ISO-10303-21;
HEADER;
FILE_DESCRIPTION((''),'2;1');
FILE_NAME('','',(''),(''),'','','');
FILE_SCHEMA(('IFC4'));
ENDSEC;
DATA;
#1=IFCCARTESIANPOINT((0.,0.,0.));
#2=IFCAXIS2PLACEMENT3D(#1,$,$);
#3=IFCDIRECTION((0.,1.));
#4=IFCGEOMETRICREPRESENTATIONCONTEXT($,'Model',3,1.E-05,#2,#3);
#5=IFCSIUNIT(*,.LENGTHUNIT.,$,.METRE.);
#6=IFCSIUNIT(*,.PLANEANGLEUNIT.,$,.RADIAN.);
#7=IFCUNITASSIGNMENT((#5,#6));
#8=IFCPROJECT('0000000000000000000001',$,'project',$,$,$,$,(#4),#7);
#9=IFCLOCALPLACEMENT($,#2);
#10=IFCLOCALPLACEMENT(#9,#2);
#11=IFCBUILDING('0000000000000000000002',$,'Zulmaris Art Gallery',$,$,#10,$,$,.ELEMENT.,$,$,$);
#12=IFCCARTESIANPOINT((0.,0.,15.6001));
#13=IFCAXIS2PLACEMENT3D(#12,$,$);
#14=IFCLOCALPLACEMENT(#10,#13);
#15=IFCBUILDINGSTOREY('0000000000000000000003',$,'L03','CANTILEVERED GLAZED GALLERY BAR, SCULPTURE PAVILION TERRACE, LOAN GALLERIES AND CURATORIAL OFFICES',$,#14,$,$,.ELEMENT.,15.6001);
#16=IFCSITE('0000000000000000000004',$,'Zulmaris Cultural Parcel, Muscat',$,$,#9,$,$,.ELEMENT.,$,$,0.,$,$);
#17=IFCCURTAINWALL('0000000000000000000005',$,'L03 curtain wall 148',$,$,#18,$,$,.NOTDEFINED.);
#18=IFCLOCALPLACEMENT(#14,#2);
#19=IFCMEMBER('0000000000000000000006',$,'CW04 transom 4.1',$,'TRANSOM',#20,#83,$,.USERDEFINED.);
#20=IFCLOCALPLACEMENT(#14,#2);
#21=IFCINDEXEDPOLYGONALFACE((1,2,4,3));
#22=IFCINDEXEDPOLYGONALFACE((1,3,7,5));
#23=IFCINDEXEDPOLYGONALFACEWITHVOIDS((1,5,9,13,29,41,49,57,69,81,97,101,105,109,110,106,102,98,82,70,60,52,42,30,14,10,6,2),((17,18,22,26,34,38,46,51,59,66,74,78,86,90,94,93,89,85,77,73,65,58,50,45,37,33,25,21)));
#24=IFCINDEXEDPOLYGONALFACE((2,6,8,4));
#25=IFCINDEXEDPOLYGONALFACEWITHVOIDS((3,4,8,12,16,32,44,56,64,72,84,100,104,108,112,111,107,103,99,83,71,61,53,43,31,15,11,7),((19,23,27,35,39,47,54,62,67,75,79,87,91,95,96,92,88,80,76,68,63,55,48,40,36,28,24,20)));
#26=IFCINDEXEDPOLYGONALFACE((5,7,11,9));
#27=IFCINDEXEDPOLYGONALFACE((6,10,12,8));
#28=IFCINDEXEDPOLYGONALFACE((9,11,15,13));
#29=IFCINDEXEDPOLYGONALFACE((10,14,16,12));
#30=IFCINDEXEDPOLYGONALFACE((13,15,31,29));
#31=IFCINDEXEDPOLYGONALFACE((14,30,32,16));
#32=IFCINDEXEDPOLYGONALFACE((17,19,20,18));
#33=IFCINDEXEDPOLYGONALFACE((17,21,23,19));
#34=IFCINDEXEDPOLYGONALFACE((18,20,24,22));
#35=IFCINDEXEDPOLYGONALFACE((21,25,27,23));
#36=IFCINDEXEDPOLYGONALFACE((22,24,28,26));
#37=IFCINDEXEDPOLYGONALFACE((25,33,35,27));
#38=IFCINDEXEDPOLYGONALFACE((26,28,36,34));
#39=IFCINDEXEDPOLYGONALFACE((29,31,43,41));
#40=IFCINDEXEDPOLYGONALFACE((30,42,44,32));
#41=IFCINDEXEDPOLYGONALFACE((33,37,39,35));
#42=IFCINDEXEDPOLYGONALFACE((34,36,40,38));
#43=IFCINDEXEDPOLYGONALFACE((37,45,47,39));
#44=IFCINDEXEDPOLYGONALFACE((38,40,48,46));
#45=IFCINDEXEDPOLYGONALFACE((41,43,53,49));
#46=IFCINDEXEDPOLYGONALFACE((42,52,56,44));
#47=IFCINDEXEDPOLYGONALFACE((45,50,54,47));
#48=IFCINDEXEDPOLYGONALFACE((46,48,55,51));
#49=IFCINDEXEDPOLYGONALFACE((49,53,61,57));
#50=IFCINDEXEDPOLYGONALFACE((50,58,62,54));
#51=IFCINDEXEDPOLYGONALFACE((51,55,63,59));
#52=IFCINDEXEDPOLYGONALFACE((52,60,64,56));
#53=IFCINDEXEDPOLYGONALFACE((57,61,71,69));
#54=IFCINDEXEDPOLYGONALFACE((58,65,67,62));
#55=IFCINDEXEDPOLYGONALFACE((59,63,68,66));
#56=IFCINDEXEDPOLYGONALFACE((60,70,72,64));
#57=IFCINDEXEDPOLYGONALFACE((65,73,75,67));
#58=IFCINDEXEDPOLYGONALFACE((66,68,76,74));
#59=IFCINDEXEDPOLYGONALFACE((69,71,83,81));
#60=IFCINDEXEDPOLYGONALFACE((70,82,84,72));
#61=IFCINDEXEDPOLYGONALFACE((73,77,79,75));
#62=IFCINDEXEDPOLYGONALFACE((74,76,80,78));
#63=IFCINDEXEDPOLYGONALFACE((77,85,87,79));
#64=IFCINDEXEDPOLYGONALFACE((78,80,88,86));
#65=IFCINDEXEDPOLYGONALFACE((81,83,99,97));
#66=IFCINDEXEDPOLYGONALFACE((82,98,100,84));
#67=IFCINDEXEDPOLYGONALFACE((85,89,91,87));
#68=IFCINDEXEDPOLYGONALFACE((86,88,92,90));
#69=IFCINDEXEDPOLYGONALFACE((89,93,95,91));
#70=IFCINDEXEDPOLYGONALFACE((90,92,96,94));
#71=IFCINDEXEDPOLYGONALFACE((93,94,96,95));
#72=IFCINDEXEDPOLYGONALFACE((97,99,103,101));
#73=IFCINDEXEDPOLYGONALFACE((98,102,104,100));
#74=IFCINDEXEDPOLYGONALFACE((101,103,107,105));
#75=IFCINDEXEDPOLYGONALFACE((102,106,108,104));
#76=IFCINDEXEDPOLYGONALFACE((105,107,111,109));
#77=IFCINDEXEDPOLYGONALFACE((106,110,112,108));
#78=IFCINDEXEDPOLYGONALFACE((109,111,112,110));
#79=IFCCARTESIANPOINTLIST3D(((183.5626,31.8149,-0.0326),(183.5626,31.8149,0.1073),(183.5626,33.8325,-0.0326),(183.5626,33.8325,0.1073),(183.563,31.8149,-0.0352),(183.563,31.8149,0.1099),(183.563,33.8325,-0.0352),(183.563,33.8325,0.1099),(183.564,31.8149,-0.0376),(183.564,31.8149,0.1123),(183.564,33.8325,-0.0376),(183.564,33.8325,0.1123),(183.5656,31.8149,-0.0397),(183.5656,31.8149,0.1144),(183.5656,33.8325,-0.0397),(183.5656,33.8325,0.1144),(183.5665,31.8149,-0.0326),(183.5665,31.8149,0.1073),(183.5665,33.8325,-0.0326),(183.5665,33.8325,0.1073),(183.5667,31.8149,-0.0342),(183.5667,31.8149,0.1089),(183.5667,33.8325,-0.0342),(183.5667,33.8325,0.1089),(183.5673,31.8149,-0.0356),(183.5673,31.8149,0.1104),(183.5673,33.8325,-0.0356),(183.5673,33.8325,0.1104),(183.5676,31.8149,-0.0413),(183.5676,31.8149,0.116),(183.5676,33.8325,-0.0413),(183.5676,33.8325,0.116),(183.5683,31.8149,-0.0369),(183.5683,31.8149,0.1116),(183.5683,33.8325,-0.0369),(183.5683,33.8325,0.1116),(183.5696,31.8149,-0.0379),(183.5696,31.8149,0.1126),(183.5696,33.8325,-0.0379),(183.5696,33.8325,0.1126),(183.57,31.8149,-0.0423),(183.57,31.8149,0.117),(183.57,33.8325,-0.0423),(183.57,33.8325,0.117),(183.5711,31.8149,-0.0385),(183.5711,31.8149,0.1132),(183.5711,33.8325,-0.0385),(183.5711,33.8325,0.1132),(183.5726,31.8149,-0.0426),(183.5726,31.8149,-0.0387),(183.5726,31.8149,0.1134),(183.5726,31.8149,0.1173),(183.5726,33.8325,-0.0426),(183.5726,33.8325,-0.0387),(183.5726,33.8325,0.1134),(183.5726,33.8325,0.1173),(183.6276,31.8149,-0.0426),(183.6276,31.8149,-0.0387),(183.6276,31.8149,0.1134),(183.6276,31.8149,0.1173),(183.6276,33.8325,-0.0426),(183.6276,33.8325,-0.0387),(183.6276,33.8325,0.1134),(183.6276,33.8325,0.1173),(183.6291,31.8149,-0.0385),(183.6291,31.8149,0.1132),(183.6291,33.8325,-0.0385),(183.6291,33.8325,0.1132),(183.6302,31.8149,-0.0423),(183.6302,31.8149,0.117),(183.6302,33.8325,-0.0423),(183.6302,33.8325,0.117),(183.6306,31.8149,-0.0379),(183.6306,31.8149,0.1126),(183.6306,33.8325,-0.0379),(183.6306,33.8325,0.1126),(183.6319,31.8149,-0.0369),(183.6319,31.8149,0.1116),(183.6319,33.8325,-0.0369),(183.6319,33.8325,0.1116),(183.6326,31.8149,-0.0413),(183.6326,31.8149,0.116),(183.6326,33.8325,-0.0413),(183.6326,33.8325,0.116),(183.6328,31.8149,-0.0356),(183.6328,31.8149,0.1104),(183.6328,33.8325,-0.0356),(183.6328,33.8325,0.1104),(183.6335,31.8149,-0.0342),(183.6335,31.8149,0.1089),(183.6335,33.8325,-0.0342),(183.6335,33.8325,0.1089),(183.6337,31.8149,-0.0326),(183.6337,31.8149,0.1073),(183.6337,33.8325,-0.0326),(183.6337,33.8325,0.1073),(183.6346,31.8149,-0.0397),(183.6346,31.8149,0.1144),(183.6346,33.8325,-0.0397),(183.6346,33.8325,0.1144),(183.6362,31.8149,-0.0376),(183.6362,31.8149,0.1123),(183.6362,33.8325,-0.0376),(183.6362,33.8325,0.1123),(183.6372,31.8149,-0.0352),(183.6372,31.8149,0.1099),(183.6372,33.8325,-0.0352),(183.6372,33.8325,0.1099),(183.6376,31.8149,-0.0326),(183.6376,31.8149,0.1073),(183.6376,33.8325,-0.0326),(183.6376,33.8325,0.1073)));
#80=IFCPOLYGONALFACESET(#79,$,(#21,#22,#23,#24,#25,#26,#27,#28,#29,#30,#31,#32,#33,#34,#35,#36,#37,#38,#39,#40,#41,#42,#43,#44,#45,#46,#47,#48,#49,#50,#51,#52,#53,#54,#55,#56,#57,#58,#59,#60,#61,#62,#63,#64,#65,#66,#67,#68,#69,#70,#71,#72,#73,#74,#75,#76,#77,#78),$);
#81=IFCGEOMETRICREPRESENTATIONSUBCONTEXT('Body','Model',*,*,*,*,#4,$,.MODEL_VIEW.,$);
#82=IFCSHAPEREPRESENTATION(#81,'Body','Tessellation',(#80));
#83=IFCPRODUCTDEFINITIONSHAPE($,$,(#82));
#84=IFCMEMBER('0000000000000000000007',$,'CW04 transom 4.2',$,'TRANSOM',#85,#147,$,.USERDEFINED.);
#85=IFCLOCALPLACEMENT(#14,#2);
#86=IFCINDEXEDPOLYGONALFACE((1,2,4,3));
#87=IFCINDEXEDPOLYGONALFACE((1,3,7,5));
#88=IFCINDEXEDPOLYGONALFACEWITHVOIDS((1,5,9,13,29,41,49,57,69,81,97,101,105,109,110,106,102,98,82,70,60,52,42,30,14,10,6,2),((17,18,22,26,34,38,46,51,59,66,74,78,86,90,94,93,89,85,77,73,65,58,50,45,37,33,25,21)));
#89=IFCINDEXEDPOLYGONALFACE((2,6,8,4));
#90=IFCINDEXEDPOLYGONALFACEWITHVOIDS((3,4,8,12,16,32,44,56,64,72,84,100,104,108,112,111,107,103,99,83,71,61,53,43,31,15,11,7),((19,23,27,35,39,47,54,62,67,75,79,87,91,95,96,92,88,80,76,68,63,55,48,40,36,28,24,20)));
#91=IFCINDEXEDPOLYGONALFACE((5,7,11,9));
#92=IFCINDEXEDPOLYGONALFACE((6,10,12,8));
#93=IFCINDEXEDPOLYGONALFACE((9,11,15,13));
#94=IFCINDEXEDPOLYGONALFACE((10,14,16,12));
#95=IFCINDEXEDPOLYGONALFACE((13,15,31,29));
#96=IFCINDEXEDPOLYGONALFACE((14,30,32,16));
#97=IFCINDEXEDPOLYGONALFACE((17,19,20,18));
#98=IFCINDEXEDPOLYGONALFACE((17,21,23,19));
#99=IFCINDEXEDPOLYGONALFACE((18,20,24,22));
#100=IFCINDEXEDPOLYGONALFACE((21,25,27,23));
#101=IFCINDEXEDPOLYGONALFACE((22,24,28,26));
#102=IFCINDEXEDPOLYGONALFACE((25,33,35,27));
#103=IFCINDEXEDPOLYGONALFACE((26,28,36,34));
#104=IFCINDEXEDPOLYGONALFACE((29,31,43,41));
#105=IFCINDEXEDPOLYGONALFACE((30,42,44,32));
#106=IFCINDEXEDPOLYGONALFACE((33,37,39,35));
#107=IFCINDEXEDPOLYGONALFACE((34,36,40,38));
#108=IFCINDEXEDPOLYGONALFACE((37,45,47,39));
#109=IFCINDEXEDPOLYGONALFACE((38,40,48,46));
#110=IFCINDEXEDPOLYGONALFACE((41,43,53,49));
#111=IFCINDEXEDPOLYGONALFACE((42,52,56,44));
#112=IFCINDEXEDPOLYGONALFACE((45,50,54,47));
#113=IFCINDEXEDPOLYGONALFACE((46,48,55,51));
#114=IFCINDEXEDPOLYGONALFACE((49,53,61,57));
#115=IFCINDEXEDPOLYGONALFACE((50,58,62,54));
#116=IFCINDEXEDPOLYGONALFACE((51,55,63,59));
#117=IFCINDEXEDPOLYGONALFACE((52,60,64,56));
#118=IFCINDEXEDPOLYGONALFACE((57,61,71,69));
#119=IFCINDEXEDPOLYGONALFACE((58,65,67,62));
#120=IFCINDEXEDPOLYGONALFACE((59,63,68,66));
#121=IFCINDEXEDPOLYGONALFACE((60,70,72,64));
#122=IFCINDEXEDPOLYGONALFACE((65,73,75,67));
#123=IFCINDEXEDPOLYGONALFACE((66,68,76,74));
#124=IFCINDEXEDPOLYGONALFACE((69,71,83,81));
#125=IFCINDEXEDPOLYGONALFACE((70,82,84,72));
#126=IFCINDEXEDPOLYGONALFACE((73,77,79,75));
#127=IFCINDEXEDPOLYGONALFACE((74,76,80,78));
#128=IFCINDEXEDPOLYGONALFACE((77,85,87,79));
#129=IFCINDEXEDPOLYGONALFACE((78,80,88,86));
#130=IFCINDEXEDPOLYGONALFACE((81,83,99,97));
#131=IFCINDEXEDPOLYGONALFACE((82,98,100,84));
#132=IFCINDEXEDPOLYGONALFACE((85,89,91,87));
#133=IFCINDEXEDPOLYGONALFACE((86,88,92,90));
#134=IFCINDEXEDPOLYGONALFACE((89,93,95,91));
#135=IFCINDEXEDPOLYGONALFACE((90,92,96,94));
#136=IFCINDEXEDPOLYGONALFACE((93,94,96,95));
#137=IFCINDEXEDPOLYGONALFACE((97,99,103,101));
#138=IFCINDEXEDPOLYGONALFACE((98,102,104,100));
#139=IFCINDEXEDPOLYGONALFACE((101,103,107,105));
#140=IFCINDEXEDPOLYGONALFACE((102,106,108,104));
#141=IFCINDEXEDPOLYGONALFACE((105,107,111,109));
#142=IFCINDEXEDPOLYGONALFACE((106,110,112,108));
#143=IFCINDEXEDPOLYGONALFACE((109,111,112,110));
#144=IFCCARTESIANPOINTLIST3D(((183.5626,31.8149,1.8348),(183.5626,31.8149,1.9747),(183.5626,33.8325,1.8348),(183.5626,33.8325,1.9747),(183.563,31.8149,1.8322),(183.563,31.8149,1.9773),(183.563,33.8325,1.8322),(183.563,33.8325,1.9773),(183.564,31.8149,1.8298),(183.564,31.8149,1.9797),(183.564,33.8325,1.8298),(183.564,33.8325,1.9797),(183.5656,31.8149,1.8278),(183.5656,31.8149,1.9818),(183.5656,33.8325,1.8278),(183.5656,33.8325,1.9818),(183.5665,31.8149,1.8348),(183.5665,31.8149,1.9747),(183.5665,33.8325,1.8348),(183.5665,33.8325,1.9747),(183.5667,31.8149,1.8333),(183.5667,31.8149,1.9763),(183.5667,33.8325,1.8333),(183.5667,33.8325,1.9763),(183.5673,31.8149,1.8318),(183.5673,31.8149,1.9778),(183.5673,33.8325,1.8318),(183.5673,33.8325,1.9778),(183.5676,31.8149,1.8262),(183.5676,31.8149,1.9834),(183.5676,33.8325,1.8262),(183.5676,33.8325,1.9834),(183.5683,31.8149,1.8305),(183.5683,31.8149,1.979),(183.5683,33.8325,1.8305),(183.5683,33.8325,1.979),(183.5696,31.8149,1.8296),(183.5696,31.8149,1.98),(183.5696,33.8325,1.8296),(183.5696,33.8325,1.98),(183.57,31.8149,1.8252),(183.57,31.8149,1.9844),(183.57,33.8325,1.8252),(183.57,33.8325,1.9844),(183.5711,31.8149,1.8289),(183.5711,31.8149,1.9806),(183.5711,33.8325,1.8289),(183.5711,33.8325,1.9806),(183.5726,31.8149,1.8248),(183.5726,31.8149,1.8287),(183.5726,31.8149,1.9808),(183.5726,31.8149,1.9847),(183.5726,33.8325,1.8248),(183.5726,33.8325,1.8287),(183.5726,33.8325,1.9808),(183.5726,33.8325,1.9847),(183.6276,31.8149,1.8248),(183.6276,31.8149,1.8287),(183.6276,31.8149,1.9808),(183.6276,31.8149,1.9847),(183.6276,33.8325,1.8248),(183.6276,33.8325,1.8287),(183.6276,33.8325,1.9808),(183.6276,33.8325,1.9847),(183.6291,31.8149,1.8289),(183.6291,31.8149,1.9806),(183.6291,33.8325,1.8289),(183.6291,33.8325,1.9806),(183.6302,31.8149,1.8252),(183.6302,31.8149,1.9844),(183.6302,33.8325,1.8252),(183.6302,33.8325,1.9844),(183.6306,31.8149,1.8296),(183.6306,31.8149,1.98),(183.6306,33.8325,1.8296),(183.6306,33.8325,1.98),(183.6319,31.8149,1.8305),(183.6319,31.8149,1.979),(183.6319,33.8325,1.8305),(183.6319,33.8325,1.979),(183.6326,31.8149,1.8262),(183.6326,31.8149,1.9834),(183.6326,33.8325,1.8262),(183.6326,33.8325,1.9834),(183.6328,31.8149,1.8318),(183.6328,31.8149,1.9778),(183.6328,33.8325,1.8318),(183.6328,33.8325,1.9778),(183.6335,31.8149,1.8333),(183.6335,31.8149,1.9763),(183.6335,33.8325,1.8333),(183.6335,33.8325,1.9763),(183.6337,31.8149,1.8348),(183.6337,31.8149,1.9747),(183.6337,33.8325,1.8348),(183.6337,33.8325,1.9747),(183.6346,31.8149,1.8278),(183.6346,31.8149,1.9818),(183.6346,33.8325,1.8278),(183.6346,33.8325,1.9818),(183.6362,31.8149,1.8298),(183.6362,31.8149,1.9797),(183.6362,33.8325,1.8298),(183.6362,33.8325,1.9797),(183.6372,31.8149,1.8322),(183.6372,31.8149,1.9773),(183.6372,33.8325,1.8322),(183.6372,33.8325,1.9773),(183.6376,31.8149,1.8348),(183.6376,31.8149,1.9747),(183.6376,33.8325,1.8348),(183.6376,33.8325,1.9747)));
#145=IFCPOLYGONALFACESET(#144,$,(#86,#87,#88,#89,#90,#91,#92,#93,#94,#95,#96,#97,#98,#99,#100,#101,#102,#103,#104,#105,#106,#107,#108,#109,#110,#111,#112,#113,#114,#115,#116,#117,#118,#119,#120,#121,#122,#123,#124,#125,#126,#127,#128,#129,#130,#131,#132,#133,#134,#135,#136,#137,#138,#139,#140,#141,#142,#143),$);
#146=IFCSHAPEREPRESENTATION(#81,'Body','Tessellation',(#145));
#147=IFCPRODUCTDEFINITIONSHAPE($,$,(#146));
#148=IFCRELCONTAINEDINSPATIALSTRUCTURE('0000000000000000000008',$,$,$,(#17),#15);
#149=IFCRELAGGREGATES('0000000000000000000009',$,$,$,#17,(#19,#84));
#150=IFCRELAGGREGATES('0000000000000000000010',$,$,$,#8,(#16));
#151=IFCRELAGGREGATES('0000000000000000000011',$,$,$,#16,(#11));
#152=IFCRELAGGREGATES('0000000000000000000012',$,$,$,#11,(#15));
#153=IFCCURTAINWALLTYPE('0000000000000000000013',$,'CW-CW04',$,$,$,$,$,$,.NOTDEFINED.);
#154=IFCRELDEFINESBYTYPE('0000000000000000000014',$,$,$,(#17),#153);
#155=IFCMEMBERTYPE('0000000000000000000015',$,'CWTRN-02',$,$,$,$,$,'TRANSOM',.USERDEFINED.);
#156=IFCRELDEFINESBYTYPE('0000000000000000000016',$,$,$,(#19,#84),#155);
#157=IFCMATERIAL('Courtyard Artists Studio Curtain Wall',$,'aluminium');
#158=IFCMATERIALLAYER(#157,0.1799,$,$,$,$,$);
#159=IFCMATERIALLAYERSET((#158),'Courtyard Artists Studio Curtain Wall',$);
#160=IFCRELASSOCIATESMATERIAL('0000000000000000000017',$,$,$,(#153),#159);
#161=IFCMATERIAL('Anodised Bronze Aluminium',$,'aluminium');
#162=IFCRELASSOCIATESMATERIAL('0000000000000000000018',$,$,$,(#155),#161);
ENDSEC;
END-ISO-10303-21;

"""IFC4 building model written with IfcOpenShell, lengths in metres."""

from ifc_helpers import new_model, si_unit, direction, frame, origin, origin_2d, place, context, subcontext, project, spatial, hollow_rectangle, extrude, material, layer, layer_set, material_profile, profile_set, type_object, element, aggregate, save


model = new_model("IFC4")

# Units and contexts
model_context = context("Model", 3, precision=1e-05, world=origin(), true_north=direction((0.0, 1.0)))
body_context = subcontext(model_context, "Body", "Model", "MODEL_VIEW")
ifc_project = project(units=[si_unit("LENGTHUNIT", "METRE"), si_unit("PLANEANGLEUNIT", "RADIAN")], contexts=[model_context])

# Site, building, storey
site_placement = place(None, origin())
site = spatial("IfcSite", under=ifc_project, at=site_placement, Name="Zulmaris Cultural Parcel, Muscat", CompositionType="ELEMENT", RefElevation=0.0)
building_placement = place(site_placement, origin())
building = spatial("IfcBuilding", under=site, at=building_placement, Name="Zulmaris Art Gallery", CompositionType="ELEMENT")
storey_placement = place(building_placement, frame((0.0, 0.0, 15.6001)))
storey = spatial("IfcBuildingStorey", under=building, at=storey_placement, Name="L03", Description="CANTILEVERED GLAZED GALLERY BAR, SCULPTURE PAVILION TERRACE, LOAN GALLERIES AND CURATORIAL OFFICES", CompositionType="ELEMENT", Elevation=15.6001)

# Curtain wall
ifc_material_1 = material(Name="Courtyard Artists Studio Curtain Wall", Category="aluminium")
ifc_layer_1 = layer(ifc_material_1, 0.1799)
ifc_layer_set_1 = layer_set([ifc_layer_1], Name="Courtyard Artists Studio Curtain Wall")
curtain_wall_type = type_object("IfcCurtainWallType", Name="CW-CW04", PredefinedType="NOTDEFINED", material=ifc_layer_set_1)
curtain_wall_1_placement = place(storey_placement, origin())
curtain_wall_1 = element("IfcCurtainWall", 1, at=curtain_wall_1_placement, inside=storey, type_object=curtain_wall_type, Name="L03 curtain wall 148", PredefinedType="NOTDEFINED")
ifc_material_2 = material(Name="Anodised Bronze Aluminium", Category="aluminium")

# Members
ifc_material_profile_1 = material_profile(ifc_material_2, hollow_rectangle(XDim=0.075, YDim=0.1599, WallThickness=0.0039, InnerFilletRadius=0.0061, OuterFilletRadius=0.01, at=origin_2d()), Name="ALU 75x160x4")
ifc_profile_set_1 = profile_set([ifc_material_profile_1], Name="Anodised Bronze Aluminium")
member_type_1 = type_object("IfcMemberType", Name="CWTRN-02", ElementType="TRANSOM", PredefinedType="USERDEFINED", material=ifc_profile_set_1)
member_1_placement = place(storey_placement, frame((183.6001, 33.8325, 0.0374), z_axis=(0.0, -1.0, 0.0), x_axis=(1.0, 0.0, 0.0)))
member_1 = element("IfcMember", 2, at=member_1_placement, type_object=member_type_1, Name="CW04 transom 4.1", ObjectType="TRANSOM", PredefinedType="USERDEFINED", context=body_context, shape_type="SweptSolid", body=[
    extrude(hollow_rectangle(XDim=0.075, YDim=0.1599, WallThickness=0.0039, InnerFilletRadius=0.0061, OuterFilletRadius=0.01, at=origin_2d()), origin(), (0.0, 0.0, 1.0), 2.0176),
])
member_2_placement = place(storey_placement, frame((183.6001, 33.8325, 1.9048), z_axis=(0.0, -1.0, 0.0), x_axis=(1.0, 0.0, 0.0)))
member_2 = element("IfcMember", 3, at=member_2_placement, type_object=member_type_1, Name="CW04 transom 4.2", ObjectType="TRANSOM", PredefinedType="USERDEFINED", context=body_context, shape_type="SweptSolid", body=[
    extrude(hollow_rectangle(XDim=0.075, YDim=0.1599, WallThickness=0.0039, InnerFilletRadius=0.0061, OuterFilletRadius=0.01, at=origin_2d()), origin(), (0.0, 0.0, 1.0), 2.0176),
])

aggregate(curtain_wall_1, [member_1, member_2])

save(model, "model.ifc")
